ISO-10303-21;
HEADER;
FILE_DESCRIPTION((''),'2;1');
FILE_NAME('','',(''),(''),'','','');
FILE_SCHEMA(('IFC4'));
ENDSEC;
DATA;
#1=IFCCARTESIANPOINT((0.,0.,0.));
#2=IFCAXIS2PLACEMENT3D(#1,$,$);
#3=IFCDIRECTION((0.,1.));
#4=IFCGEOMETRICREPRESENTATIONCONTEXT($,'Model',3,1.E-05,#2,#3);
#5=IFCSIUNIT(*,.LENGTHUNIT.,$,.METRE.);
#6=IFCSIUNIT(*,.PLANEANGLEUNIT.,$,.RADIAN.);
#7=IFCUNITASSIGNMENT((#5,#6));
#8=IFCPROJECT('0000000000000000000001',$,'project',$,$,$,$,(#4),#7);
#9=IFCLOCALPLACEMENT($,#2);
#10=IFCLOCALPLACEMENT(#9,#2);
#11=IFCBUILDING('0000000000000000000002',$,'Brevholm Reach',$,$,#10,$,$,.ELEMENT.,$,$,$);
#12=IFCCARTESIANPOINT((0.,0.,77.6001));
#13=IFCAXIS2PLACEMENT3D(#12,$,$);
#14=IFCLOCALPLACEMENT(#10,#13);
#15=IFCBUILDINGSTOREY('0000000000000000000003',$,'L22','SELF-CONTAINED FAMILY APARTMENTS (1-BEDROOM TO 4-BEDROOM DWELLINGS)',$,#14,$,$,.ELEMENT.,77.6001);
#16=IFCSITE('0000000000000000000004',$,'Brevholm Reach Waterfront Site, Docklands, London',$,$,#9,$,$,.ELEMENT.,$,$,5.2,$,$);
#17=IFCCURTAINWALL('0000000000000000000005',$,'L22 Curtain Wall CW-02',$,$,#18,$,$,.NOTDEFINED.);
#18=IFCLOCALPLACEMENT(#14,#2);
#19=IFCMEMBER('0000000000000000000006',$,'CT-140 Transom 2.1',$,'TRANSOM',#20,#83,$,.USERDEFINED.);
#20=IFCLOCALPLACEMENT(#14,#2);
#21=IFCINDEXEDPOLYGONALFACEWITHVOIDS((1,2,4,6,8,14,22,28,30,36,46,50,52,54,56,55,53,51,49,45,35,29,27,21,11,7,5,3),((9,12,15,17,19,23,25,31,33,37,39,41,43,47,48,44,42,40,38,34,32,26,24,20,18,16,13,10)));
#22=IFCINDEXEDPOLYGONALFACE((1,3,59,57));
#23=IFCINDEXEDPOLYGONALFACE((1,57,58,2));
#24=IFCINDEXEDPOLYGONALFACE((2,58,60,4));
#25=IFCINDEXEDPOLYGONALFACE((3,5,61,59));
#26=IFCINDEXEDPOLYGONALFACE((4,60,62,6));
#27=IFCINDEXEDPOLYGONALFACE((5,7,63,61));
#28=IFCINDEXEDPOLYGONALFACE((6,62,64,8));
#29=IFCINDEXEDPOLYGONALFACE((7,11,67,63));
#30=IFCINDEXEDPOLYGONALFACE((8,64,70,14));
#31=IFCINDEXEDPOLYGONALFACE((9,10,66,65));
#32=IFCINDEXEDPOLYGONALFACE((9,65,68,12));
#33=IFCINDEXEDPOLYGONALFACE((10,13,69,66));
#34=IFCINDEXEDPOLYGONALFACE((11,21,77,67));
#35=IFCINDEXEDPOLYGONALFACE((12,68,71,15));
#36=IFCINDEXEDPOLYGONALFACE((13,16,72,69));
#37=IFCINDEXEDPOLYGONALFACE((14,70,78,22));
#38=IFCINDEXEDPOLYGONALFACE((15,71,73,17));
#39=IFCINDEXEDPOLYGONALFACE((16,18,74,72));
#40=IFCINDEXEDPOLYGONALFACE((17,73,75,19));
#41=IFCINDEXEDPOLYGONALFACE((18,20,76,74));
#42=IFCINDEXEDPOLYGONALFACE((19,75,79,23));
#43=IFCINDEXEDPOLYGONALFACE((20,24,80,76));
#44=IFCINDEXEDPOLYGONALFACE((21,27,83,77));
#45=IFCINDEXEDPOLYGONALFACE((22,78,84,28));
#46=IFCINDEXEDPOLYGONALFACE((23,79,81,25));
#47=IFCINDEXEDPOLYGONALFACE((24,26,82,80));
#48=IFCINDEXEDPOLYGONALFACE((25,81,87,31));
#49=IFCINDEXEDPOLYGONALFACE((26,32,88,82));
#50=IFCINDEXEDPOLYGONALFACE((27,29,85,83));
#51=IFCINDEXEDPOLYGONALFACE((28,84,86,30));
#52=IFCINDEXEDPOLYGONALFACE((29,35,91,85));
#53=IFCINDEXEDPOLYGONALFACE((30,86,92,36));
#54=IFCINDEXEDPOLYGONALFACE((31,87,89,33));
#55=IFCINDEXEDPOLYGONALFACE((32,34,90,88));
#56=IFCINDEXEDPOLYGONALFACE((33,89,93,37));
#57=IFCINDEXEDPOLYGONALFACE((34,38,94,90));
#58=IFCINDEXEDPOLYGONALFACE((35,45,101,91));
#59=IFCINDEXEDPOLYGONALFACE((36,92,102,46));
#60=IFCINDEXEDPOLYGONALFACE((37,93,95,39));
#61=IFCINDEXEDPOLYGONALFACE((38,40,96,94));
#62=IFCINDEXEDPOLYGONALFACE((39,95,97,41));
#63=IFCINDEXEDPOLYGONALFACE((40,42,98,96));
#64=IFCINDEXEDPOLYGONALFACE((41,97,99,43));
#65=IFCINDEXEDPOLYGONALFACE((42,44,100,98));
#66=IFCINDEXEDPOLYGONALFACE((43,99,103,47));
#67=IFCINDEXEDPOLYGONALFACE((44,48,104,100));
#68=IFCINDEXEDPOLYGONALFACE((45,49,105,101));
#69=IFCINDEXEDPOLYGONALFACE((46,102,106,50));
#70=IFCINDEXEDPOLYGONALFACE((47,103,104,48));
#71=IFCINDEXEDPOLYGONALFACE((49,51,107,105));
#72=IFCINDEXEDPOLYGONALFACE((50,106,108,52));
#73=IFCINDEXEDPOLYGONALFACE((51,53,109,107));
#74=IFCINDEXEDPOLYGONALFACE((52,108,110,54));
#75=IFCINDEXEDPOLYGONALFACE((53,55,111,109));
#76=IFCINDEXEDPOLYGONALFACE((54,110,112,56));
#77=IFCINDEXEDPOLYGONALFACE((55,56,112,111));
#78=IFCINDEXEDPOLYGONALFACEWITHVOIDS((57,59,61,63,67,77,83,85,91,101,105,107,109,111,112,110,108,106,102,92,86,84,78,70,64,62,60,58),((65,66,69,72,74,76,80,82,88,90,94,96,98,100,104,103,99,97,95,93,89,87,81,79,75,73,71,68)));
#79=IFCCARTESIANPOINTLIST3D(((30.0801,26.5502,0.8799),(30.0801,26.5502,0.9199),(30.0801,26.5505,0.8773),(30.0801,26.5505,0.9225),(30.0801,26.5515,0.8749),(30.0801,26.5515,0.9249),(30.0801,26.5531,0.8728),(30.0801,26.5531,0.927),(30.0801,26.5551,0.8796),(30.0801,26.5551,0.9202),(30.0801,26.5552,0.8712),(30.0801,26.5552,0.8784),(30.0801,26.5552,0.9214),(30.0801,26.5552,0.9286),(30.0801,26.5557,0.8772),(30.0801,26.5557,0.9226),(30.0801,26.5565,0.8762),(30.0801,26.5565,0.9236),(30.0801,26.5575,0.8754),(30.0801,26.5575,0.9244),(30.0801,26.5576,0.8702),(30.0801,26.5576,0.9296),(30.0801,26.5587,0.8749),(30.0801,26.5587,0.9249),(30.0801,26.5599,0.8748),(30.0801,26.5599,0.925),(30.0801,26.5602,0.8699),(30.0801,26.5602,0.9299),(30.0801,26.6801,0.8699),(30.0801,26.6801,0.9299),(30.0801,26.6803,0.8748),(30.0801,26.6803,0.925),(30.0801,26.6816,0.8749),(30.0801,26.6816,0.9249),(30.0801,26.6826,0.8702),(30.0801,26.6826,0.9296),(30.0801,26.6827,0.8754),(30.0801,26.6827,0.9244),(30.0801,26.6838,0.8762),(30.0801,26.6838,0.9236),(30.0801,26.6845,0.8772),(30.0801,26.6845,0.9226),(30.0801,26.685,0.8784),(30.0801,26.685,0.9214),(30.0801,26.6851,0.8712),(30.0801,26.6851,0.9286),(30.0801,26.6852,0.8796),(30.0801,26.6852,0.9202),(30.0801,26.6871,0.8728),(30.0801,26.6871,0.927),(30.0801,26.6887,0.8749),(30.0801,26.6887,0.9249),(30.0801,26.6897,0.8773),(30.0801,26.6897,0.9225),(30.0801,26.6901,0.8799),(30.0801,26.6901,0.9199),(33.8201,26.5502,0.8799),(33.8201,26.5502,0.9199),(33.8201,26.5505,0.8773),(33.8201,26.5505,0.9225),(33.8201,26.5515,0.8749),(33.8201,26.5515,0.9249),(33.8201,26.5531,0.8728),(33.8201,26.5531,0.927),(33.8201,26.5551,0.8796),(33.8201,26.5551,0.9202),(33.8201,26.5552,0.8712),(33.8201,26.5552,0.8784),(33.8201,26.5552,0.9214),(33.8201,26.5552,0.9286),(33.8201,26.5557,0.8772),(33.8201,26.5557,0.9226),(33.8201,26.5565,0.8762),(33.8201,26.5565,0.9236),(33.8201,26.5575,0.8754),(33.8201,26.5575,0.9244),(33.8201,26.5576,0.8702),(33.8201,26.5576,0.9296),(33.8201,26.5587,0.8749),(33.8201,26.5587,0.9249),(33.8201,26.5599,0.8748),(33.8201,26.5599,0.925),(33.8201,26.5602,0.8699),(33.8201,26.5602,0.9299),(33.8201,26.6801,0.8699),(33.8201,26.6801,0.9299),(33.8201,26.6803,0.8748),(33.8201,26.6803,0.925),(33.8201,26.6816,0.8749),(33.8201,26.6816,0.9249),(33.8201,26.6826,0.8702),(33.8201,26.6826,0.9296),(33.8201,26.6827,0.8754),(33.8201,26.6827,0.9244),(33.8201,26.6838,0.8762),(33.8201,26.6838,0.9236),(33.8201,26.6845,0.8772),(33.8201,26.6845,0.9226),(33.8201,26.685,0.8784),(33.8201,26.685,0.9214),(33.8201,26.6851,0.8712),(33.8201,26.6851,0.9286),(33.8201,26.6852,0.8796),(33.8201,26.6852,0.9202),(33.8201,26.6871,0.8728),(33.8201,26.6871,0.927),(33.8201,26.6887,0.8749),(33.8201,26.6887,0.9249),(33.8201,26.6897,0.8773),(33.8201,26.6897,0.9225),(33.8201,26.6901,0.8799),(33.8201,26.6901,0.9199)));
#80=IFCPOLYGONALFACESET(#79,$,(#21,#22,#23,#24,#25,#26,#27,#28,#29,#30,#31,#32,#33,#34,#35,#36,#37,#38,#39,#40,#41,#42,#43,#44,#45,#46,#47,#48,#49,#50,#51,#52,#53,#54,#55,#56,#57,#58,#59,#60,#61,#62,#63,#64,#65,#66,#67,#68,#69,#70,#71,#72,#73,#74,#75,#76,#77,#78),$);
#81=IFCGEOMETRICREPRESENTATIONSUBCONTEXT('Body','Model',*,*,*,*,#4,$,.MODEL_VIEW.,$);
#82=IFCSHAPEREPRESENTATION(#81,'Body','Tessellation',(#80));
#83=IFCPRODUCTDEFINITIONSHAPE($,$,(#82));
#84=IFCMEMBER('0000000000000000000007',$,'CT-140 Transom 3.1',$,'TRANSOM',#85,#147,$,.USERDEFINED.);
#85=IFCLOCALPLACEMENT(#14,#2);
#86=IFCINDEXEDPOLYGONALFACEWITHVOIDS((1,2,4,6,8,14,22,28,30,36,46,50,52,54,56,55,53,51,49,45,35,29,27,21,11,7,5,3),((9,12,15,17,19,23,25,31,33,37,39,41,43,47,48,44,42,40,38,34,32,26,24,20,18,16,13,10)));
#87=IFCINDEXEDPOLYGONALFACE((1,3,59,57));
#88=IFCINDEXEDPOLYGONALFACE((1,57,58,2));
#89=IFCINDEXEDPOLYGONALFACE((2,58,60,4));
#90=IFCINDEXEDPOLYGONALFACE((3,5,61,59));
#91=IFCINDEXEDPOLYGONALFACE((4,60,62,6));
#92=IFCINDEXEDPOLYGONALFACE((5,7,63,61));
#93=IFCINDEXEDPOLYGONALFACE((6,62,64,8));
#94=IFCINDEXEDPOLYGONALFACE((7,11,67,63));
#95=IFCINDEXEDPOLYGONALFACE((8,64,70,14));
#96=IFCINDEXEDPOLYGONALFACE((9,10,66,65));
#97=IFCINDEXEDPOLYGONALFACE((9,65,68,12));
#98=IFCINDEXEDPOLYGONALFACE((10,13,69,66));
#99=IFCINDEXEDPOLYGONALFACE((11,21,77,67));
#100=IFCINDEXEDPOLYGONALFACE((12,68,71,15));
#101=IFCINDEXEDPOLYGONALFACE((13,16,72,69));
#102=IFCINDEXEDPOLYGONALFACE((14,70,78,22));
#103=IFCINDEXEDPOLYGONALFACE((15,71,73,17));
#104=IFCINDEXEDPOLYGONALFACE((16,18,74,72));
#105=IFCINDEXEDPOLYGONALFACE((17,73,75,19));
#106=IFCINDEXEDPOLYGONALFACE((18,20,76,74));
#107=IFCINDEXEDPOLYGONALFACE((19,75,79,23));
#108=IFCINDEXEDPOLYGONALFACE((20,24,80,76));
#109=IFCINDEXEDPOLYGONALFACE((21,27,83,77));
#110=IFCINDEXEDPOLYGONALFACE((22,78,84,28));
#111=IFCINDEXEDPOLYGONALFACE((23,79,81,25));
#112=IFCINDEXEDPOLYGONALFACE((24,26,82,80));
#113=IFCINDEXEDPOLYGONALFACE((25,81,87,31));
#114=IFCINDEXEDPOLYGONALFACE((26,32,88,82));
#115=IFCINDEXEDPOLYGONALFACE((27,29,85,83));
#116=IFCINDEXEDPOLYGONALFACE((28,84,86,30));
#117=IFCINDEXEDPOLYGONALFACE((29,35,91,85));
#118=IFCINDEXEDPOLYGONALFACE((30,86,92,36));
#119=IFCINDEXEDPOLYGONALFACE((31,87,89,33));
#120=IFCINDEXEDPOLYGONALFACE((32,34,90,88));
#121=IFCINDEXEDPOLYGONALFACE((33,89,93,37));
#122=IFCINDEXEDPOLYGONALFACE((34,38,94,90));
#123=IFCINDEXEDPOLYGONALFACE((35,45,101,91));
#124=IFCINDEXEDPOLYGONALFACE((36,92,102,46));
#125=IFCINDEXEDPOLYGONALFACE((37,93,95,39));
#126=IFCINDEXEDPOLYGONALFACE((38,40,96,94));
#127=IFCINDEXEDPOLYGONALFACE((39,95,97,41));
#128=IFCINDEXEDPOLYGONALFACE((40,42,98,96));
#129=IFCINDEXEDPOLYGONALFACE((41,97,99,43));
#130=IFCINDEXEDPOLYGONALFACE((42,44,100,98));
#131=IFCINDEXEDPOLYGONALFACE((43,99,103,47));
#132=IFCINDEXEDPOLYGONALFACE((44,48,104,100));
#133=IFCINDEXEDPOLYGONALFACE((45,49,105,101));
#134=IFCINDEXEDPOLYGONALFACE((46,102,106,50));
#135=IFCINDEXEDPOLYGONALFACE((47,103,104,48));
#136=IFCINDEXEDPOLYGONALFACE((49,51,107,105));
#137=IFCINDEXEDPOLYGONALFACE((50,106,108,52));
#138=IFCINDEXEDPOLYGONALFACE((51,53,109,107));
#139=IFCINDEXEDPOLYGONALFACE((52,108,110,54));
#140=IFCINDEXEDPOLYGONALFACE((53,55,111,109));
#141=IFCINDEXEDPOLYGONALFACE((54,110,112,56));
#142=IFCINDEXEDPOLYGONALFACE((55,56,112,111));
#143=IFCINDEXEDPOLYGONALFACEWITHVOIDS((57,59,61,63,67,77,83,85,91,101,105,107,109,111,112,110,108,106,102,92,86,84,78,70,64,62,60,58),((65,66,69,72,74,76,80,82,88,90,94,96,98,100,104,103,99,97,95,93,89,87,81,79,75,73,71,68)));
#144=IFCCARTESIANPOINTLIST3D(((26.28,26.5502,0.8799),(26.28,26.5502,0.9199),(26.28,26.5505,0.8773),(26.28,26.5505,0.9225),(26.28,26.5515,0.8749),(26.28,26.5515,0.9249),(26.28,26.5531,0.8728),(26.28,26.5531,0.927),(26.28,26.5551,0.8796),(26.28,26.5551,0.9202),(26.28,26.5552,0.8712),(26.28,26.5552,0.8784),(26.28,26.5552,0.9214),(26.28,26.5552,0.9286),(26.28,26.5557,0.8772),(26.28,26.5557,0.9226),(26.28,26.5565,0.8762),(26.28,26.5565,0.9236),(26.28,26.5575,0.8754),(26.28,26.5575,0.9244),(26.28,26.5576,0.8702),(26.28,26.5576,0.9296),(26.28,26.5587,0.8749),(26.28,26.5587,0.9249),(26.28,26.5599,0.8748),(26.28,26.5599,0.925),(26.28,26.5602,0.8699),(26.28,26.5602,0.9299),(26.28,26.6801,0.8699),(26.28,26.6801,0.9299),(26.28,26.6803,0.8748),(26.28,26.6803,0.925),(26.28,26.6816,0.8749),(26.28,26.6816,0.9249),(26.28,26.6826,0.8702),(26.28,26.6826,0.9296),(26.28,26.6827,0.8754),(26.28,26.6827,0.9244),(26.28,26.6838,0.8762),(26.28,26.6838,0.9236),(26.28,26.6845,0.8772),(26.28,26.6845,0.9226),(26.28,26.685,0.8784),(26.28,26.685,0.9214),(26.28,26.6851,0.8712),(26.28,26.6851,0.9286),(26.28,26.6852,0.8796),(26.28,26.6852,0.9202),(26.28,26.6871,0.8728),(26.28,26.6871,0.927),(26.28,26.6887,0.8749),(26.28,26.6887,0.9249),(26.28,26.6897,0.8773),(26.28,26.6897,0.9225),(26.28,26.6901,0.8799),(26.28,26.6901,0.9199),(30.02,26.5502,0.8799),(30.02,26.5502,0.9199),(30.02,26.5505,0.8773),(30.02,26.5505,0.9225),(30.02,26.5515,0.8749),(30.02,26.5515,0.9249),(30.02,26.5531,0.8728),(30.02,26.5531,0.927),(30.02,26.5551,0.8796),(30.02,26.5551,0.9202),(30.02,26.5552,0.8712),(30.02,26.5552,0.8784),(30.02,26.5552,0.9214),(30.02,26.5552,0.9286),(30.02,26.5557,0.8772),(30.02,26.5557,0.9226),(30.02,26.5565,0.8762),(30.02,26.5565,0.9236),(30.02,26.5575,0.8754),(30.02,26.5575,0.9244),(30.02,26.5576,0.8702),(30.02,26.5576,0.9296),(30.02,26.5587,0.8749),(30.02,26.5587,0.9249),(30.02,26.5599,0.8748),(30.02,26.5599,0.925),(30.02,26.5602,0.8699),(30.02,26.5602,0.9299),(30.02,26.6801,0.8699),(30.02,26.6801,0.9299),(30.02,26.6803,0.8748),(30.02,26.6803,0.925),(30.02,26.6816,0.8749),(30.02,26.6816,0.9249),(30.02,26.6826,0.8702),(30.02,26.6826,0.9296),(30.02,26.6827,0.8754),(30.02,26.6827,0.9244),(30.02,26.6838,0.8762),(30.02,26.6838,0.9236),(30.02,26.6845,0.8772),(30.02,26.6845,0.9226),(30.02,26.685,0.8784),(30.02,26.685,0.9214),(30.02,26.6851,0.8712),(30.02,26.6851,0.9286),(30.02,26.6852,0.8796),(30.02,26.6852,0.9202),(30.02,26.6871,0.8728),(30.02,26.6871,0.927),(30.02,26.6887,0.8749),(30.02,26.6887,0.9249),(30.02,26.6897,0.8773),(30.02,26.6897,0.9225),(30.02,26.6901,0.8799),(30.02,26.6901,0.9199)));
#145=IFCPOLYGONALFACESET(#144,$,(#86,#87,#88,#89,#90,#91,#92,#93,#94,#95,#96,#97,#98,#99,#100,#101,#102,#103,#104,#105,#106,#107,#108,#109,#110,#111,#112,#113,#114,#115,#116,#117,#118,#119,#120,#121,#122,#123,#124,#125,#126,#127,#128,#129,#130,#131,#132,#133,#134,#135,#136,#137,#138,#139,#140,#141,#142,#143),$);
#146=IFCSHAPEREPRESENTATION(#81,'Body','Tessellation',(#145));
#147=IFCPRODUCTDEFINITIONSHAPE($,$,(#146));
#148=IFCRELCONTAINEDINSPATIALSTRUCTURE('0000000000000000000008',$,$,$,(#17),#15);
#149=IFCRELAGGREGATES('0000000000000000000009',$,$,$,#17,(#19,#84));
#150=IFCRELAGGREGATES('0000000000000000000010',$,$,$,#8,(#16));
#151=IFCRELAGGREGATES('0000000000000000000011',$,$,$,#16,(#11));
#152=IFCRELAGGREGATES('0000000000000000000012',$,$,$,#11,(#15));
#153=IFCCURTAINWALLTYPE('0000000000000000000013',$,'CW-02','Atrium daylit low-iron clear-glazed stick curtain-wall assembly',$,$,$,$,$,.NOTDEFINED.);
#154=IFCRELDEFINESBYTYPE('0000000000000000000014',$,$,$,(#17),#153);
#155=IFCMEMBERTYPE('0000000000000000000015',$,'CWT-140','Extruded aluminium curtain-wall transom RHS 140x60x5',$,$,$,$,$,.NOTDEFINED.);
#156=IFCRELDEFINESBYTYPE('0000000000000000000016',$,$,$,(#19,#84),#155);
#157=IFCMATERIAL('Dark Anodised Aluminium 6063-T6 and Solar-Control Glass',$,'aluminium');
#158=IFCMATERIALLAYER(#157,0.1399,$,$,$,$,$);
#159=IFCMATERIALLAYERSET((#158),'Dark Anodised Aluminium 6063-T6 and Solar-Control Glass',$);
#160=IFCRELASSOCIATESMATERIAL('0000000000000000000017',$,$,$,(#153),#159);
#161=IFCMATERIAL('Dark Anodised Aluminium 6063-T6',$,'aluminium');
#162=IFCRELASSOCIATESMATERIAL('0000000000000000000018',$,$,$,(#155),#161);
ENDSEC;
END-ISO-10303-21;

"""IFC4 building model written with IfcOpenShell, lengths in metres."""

from ifc_helpers import new_model, si_unit, direction, frame, origin, origin_2d, place, context, subcontext, project, spatial, hollow_rectangle, extrude, material, layer, layer_set, material_profile, profile_set, type_object, element, aggregate, save


model = new_model("IFC4")

# Units and contexts
model_context = context("Model", 3, precision=1e-05, world=origin(), true_north=direction((0.0, 1.0)))
body_context = subcontext(model_context, "Body", "Model", "MODEL_VIEW")
ifc_project = project(units=[si_unit("LENGTHUNIT", "METRE"), si_unit("PLANEANGLEUNIT", "RADIAN")], contexts=[model_context])

# Site, building, storey
site_placement = place(None, origin())
site = spatial("IfcSite", under=ifc_project, at=site_placement, Name="Brevholm Reach Waterfront Site, Docklands, London", CompositionType="ELEMENT", RefElevation=5.2)
building_placement = place(site_placement, origin())
building = spatial("IfcBuilding", under=site, at=building_placement, Name="Brevholm Reach", CompositionType="ELEMENT")
storey_placement = place(building_placement, frame((0.0, 0.0, 77.6001)))
storey = spatial("IfcBuildingStorey", under=building, at=storey_placement, Name="L22", Description="SELF-CONTAINED FAMILY APARTMENTS (1-BEDROOM TO 4-BEDROOM DWELLINGS)", CompositionType="ELEMENT", Elevation=77.6001)

# Curtain wall
ifc_material_1 = material(Name="Dark Anodised Aluminium 6063-T6 and Solar-Control Glass", Category="aluminium")
ifc_layer_1 = layer(ifc_material_1, 0.1399)
ifc_layer_set_1 = layer_set([ifc_layer_1], Name="Dark Anodised Aluminium 6063-T6 and Solar-Control Glass")
curtain_wall_type_1 = type_object("IfcCurtainWallType", Name="CW-02", Description="Atrium daylit low-iron clear-glazed stick curtain-wall assembly", PredefinedType="NOTDEFINED", material=ifc_layer_set_1)
curtain_wall_1_placement = place(storey_placement, origin())
curtain_wall_1 = element("IfcCurtainWall", 1, at=curtain_wall_1_placement, inside=storey, type_object=curtain_wall_type_1, Name="L22 Curtain Wall CW-02", PredefinedType="NOTDEFINED")

# Members
ifc_material_2 = material(Name="Dark Anodised Aluminium 6063-T6", Category="aluminium")
ifc_material_profile_1 = material_profile(ifc_material_2, hollow_rectangle(XDim=0.0601, YDim=0.1399, WallThickness=0.0049, InnerFilletRadius=0.0049, OuterFilletRadius=0.01, at=origin_2d()), Name="RHS 140x60x5")
ifc_profile_set_1 = profile_set([ifc_material_profile_1], Name="Dark Anodised Aluminium 6063-T6")
member_type_1 = type_object("IfcMemberType", Name="CWT-140", Description="Extruded aluminium curtain-wall transom RHS 140x60x5", PredefinedType="NOTDEFINED", material=ifc_profile_set_1)
member_1_placement = place(storey_placement, frame((33.8201, 26.6201, 0.8999), z_axis=(-1.0, 0.0, 0.0), x_axis=(0.0, 0.0, 1.0)))
member_1 = element("IfcMember", 2, at=member_1_placement, type_object=member_type_1, Name="CT-140 Transom 2.1", ObjectType="TRANSOM", PredefinedType="USERDEFINED", context=body_context, shape_type="SweptSolid", body=[
    extrude(hollow_rectangle(XDim=0.0601, YDim=0.1399, WallThickness=0.0049, InnerFilletRadius=0.0049, OuterFilletRadius=0.01, at=origin_2d()), origin(), (0.0, 0.0, 1.0), 3.74),
])
member_2_placement = place(storey_placement, frame((30.02, 26.6201, 0.8999), z_axis=(-1.0, 0.0, 0.0), x_axis=(0.0, 0.0, 1.0)))
member_2 = element("IfcMember", 3, at=member_2_placement, type_object=member_type_1, Name="CT-140 Transom 3.1", ObjectType="TRANSOM", PredefinedType="USERDEFINED", context=body_context, shape_type="SweptSolid", body=[
    extrude(hollow_rectangle(XDim=0.0601, YDim=0.1399, WallThickness=0.0049, InnerFilletRadius=0.0049, OuterFilletRadius=0.01, at=origin_2d()), origin(), (0.0, 0.0, 1.0), 3.74),
])

aggregate(curtain_wall_1, [member_1, member_2])

save(model, "model.ifc")
